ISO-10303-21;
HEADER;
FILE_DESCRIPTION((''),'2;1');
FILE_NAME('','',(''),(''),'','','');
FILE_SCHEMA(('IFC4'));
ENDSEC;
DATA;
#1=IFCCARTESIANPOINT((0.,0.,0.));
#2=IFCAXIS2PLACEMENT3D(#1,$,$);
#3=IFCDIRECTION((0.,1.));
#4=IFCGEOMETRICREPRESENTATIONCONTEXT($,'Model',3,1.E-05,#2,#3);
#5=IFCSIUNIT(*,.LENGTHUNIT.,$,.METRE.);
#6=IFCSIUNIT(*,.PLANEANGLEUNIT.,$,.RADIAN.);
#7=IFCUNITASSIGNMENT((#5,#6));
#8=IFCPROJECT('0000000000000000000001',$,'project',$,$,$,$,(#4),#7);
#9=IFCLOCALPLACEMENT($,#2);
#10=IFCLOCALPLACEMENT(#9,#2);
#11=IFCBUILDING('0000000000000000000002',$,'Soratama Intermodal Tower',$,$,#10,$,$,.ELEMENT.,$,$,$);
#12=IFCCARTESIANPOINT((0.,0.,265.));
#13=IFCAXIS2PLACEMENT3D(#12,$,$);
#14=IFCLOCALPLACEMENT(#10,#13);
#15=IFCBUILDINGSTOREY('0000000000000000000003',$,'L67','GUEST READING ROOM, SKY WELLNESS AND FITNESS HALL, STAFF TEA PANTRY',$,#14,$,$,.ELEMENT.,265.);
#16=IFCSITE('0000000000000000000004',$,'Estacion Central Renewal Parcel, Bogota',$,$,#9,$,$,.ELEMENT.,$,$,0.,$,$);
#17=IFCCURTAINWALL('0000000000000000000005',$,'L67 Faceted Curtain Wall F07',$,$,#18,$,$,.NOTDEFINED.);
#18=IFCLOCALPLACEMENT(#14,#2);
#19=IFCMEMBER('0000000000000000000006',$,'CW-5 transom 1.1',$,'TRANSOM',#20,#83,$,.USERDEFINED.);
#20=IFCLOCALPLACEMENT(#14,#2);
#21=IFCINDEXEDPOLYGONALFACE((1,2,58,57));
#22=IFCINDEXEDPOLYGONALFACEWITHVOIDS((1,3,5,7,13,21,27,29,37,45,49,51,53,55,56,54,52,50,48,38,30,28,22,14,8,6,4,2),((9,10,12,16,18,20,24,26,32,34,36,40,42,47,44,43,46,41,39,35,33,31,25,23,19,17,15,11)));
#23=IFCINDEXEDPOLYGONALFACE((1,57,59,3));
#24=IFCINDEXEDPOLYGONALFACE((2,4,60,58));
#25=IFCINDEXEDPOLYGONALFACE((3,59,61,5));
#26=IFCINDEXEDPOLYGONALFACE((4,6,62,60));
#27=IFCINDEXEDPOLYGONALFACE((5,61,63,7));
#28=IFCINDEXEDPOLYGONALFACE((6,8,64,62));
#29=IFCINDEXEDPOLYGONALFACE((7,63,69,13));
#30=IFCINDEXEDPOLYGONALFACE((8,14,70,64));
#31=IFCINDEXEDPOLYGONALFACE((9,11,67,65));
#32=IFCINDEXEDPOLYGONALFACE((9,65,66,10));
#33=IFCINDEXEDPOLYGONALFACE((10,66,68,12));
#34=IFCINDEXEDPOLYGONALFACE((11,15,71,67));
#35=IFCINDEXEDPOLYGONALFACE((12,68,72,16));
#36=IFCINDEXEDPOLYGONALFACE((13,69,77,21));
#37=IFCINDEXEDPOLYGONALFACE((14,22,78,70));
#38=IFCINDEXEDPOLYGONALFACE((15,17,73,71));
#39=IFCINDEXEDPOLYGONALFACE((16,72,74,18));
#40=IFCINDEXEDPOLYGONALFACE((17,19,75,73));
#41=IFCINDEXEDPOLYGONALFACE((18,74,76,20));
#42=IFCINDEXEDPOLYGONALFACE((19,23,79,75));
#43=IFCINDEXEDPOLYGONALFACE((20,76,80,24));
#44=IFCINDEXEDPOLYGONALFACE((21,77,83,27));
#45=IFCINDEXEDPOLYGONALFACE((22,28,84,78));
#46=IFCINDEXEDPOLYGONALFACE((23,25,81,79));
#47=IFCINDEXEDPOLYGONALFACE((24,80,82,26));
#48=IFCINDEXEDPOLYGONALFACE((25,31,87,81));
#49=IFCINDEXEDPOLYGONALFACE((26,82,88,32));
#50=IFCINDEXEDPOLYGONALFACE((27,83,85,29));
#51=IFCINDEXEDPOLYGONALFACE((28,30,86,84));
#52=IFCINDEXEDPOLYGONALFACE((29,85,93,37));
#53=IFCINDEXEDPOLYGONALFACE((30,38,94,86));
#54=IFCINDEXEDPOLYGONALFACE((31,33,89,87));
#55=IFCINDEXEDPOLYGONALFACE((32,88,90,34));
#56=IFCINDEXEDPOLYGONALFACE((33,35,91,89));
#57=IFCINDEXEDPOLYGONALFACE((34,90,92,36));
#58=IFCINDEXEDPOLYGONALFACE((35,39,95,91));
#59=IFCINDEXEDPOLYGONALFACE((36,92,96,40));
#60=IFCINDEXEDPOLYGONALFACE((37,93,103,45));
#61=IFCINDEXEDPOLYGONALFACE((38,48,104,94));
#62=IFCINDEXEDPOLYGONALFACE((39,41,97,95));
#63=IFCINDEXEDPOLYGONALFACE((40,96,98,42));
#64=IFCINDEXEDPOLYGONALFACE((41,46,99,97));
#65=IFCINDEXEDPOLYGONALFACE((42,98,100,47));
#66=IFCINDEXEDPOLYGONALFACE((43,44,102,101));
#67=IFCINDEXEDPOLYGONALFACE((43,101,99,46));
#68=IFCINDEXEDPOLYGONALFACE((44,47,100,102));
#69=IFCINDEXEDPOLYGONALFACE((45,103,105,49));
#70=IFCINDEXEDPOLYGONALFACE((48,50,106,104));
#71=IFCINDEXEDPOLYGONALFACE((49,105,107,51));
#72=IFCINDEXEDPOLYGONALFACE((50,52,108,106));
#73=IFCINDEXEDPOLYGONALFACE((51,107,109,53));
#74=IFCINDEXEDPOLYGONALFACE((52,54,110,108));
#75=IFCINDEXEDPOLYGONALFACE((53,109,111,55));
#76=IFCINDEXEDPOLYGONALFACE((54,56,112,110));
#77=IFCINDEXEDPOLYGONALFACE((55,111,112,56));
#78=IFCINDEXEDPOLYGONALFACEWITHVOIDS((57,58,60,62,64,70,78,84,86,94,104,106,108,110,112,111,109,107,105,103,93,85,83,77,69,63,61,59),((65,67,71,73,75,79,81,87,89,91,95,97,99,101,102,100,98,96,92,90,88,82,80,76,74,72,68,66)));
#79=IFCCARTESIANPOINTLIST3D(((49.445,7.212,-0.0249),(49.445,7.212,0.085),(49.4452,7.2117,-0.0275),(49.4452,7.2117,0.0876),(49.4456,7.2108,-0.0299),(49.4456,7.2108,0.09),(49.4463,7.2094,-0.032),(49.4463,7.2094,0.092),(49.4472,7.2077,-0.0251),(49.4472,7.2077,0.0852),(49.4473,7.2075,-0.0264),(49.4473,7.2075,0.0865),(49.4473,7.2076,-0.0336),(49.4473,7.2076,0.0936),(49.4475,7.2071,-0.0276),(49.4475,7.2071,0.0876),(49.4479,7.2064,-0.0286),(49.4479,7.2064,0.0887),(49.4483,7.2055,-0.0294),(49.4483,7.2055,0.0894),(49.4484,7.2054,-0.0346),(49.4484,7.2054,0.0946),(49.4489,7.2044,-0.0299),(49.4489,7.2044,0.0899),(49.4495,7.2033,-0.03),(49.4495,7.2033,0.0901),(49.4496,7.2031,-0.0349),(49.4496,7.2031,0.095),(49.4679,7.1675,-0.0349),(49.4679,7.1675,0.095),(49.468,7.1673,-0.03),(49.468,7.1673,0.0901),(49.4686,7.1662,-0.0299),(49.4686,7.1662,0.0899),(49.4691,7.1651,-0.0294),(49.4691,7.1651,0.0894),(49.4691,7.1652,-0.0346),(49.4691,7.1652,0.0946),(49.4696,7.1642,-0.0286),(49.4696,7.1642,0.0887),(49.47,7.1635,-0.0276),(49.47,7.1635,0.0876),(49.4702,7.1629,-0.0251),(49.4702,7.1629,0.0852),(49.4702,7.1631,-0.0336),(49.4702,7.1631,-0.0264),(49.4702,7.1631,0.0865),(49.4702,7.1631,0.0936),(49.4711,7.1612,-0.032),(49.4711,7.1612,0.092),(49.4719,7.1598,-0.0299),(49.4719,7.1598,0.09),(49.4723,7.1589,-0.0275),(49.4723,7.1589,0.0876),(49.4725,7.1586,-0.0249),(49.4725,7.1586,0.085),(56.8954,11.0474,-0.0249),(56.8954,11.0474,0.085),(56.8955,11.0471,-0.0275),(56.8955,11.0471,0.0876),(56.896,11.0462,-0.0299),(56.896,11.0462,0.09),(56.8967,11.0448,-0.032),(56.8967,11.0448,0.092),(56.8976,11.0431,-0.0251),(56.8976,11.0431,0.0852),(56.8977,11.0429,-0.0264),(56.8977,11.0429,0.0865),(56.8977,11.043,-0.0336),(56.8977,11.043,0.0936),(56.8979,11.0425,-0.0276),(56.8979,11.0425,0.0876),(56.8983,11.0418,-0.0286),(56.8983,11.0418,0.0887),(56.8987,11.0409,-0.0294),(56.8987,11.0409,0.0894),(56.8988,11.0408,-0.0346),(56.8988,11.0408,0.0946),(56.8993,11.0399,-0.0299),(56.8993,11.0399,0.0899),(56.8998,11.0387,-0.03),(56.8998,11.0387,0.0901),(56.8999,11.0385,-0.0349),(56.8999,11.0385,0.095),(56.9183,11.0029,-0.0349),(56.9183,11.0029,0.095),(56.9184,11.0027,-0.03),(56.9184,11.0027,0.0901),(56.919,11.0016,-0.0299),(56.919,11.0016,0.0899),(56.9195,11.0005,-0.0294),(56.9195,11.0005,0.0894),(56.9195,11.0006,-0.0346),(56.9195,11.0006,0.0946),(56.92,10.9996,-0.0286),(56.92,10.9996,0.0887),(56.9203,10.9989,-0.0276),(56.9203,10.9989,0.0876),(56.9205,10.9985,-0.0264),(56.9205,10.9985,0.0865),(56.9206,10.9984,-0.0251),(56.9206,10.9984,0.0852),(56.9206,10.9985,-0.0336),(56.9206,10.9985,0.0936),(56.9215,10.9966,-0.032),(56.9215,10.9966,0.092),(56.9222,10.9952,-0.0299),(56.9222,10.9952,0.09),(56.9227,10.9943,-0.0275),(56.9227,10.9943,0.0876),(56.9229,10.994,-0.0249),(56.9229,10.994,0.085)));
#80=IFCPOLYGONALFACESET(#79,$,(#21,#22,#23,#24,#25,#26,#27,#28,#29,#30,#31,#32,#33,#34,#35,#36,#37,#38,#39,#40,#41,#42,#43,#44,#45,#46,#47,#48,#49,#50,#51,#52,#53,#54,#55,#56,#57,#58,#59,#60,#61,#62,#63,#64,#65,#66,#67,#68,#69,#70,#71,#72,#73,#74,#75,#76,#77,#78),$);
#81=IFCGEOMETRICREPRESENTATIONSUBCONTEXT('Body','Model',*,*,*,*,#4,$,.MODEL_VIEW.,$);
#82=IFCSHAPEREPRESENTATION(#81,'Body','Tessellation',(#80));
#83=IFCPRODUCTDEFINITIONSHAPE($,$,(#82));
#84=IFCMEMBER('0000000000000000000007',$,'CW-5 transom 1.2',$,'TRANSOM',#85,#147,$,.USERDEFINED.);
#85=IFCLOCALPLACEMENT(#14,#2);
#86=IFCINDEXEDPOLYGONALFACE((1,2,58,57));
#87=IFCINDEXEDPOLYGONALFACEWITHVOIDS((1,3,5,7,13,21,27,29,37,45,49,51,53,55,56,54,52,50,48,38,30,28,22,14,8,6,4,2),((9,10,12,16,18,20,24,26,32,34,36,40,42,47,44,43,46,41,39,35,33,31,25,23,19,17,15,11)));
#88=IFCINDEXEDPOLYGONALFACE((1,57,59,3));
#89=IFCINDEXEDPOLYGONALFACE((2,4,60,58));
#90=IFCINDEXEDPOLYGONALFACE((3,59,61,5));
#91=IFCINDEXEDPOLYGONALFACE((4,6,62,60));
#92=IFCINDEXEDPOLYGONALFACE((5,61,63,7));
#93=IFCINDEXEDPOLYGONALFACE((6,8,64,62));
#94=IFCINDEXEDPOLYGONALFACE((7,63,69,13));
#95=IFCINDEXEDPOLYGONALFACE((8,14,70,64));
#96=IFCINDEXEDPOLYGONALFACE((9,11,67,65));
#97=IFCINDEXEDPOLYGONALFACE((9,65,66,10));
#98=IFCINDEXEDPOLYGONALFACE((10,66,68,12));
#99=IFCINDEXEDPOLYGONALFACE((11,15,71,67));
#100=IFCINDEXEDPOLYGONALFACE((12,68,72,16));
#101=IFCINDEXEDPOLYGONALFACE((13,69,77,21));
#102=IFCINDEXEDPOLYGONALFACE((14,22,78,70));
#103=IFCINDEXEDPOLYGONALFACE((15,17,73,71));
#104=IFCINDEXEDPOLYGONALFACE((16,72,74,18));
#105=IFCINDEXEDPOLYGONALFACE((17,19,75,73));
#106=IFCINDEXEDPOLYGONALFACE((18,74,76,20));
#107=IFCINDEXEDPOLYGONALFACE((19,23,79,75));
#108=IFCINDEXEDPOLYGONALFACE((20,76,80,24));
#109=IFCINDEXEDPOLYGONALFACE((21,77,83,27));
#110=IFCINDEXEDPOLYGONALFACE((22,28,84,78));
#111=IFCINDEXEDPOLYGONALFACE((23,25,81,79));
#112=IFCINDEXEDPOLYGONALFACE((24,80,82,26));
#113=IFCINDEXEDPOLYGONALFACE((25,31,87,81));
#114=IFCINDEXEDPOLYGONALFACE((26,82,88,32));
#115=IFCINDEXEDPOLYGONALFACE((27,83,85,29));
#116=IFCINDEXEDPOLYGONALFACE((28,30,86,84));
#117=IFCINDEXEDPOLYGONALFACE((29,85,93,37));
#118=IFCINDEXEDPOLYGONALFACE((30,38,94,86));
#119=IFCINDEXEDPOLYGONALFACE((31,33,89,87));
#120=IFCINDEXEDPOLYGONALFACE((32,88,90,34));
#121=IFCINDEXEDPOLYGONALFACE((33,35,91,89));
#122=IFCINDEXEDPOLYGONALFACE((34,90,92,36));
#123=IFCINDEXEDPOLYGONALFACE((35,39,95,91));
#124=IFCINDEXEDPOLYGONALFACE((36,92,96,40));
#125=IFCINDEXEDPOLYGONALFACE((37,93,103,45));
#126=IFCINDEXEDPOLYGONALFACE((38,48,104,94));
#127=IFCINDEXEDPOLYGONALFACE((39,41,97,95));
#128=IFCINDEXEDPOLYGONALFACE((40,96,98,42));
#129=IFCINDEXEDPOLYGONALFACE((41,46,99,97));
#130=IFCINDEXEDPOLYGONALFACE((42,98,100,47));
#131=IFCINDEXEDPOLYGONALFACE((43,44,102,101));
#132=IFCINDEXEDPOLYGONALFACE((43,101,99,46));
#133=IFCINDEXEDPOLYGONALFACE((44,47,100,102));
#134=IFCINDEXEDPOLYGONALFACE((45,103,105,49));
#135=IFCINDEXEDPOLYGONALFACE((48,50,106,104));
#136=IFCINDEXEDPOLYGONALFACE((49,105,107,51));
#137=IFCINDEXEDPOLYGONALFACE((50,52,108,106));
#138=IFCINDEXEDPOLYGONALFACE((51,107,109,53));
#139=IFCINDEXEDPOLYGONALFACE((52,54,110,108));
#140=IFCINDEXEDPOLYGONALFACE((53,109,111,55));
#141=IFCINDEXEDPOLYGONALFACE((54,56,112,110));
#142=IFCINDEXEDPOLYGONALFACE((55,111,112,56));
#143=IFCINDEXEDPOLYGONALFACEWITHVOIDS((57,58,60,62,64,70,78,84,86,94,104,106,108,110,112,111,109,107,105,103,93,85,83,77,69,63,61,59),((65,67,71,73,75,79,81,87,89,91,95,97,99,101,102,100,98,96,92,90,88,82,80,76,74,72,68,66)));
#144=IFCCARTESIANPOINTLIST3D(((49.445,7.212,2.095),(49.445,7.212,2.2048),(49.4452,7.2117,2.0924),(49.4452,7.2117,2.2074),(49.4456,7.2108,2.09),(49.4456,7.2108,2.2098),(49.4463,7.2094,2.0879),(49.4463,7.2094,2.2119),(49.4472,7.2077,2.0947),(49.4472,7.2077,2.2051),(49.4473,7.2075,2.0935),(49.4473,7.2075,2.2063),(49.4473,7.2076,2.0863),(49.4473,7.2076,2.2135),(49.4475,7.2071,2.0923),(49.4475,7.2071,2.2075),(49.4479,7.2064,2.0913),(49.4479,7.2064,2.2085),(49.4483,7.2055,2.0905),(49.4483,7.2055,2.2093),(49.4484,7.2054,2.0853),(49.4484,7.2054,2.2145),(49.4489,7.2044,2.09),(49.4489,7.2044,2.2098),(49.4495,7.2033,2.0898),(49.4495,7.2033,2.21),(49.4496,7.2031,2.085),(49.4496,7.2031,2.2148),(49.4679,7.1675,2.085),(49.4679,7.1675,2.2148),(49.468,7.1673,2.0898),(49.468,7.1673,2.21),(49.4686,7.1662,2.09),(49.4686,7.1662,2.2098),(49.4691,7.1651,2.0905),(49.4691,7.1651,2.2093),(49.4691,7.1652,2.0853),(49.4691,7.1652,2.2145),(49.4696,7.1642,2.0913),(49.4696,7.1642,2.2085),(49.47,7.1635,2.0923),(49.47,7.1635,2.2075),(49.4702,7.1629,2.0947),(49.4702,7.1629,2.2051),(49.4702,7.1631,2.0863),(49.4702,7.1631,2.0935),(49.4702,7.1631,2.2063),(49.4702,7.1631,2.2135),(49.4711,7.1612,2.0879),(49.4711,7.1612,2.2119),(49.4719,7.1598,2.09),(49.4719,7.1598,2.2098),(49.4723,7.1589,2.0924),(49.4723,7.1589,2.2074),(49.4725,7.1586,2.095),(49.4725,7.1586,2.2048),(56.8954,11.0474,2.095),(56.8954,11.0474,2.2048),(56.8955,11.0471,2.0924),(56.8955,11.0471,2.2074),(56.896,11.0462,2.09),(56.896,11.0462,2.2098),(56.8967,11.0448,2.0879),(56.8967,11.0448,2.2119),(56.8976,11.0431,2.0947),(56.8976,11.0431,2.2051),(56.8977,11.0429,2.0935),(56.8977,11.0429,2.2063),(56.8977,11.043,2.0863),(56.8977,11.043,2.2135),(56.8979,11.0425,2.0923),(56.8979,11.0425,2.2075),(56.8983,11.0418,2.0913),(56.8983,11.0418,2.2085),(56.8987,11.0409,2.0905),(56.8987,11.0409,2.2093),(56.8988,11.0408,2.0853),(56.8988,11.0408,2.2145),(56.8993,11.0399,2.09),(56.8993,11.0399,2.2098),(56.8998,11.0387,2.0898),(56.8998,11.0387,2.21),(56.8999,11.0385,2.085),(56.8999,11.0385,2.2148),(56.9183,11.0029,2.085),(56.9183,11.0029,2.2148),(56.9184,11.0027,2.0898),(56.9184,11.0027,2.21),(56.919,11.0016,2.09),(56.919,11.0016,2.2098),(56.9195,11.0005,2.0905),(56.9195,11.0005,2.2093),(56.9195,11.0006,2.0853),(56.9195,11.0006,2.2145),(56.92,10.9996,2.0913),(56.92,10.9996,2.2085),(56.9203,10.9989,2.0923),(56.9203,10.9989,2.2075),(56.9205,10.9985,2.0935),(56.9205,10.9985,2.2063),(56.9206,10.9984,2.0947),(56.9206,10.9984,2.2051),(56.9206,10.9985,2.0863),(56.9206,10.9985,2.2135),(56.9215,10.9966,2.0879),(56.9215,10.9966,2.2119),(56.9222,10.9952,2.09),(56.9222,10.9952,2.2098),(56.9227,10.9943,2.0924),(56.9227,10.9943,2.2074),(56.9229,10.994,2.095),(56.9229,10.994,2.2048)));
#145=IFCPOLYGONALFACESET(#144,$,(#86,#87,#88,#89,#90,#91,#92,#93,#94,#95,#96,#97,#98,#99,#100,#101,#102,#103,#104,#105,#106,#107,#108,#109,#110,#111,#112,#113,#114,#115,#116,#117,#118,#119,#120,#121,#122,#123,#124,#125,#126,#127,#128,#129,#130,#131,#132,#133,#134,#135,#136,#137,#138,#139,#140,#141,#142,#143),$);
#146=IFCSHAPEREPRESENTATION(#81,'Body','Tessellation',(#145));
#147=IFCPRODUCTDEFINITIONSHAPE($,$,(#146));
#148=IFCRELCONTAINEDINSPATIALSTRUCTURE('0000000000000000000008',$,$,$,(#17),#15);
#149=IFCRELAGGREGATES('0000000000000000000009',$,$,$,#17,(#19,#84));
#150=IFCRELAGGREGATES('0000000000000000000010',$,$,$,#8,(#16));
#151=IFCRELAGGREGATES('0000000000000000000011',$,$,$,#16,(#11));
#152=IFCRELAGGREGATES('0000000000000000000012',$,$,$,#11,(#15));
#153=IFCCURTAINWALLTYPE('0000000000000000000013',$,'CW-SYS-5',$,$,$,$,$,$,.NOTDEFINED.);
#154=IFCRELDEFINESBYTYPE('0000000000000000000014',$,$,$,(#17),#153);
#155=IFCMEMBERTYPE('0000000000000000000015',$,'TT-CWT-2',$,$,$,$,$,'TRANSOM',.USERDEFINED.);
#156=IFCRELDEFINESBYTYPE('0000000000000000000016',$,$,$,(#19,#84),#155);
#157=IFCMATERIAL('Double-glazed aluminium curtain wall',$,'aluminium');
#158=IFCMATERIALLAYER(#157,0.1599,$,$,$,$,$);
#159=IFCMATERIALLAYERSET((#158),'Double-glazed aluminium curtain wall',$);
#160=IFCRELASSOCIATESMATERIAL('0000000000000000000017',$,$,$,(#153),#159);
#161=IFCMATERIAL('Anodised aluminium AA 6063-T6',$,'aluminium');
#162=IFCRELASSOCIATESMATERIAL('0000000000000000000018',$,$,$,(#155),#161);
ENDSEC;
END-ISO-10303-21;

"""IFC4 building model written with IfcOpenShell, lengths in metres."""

from ifc_helpers import new_model, si_unit, direction, frame, origin, origin_2d, place, context, subcontext, project, spatial, hollow_rectangle, extrude, material, layer, layer_set, material_profile, profile_set, type_object, element, aggregate, save


model = new_model("IFC4")

# Units and contexts
model_context = context("Model", 3, precision=1e-05, world=origin(), true_north=direction((0.0, 1.0)))
body_context = subcontext(model_context, "Body", "Model", "MODEL_VIEW")
ifc_project = project(units=[si_unit("LENGTHUNIT", "METRE"), si_unit("PLANEANGLEUNIT", "RADIAN")], contexts=[model_context])

# Site, building, storey
site_placement = place(None, origin())
site = spatial("IfcSite", under=ifc_project, at=site_placement, Name="Estacion Central Renewal Parcel, Bogota", CompositionType="ELEMENT", RefElevation=0.0)
building_placement = place(site_placement, origin())
building = spatial("IfcBuilding", under=site, at=building_placement, Name="Soratama Intermodal Tower", CompositionType="ELEMENT")
storey_placement = place(building_placement, frame((0.0, 0.0, 265.0)))
storey = spatial("IfcBuildingStorey", under=building, at=storey_placement, Name="L67", Description="GUEST READING ROOM, SKY WELLNESS AND FITNESS HALL, STAFF TEA PANTRY", CompositionType="ELEMENT", Elevation=265.0)

# Curtain wall
ifc_material_1 = material(Name="Double-glazed aluminium curtain wall", Category="aluminium")
ifc_layer_1 = layer(ifc_material_1, 0.1599)
ifc_layer_set_1 = layer_set([ifc_layer_1], Name="Double-glazed aluminium curtain wall")
curtain_wall_type = type_object("IfcCurtainWallType", Name="CW-SYS-5", PredefinedType="NOTDEFINED", material=ifc_layer_set_1)
curtain_wall_1_placement = place(storey_placement, origin())
curtain_wall_1 = element("IfcCurtainWall", 1, at=curtain_wall_1_placement, inside=storey, type_object=curtain_wall_type, Name="L67 Faceted Curtain Wall F07", PredefinedType="NOTDEFINED")

# Members
ifc_material_2 = material(Name="Anodised aluminium AA 6063-T6", Category="aluminium")
ifc_material_profile_1 = material_profile(ifc_material_2, hollow_rectangle(XDim=0.0601, YDim=0.1299, WallThickness=0.0049, InnerFilletRadius=0.0049, OuterFilletRadius=0.01, at=origin_2d()), Name="CWT130X60X5")
ifc_profile_set_1 = profile_set([ifc_material_profile_1], Name="Anodised aluminium AA 6063-T6")
member_type_1 = type_object("IfcMemberType", Name="TT-CWT-2", ElementType="TRANSOM", PredefinedType="USERDEFINED", material=ifc_profile_set_1)
member_1_placement = place(storey_placement, frame((49.4587, 7.1853, 0.03), z_axis=(0.889104, 0.457706, 0.0), x_axis=(-0.457706, 0.889104, 0.0)))
member_1 = element("IfcMember", 2, at=member_1_placement, type_object=member_type_1, Name="CW-5 transom 1.1", ObjectType="TRANSOM", PredefinedType="USERDEFINED", context=body_context, shape_type="SweptSolid", body=[
    extrude(hollow_rectangle(XDim=0.0601, YDim=0.1299, WallThickness=0.0049, InnerFilletRadius=0.0049, OuterFilletRadius=0.01, at=origin_2d()), origin(), (0.0, 0.0, 1.0), 8.3796),
])
member_2_placement = place(storey_placement, frame((49.4587, 7.1853, 2.1499), z_axis=(0.889104, 0.457706, 0.0), x_axis=(-0.457706, 0.889104, 0.0)))
member_2 = element("IfcMember", 3, at=member_2_placement, type_object=member_type_1, Name="CW-5 transom 1.2", ObjectType="TRANSOM", PredefinedType="USERDEFINED", context=body_context, shape_type="SweptSolid", body=[
    extrude(hollow_rectangle(XDim=0.0601, YDim=0.1299, WallThickness=0.0049, InnerFilletRadius=0.0049, OuterFilletRadius=0.01, at=origin_2d()), origin(), (0.0, 0.0, 1.0), 8.3796),
])

aggregate(curtain_wall_1, [member_1, member_2])

save(model, "model.ifc")
